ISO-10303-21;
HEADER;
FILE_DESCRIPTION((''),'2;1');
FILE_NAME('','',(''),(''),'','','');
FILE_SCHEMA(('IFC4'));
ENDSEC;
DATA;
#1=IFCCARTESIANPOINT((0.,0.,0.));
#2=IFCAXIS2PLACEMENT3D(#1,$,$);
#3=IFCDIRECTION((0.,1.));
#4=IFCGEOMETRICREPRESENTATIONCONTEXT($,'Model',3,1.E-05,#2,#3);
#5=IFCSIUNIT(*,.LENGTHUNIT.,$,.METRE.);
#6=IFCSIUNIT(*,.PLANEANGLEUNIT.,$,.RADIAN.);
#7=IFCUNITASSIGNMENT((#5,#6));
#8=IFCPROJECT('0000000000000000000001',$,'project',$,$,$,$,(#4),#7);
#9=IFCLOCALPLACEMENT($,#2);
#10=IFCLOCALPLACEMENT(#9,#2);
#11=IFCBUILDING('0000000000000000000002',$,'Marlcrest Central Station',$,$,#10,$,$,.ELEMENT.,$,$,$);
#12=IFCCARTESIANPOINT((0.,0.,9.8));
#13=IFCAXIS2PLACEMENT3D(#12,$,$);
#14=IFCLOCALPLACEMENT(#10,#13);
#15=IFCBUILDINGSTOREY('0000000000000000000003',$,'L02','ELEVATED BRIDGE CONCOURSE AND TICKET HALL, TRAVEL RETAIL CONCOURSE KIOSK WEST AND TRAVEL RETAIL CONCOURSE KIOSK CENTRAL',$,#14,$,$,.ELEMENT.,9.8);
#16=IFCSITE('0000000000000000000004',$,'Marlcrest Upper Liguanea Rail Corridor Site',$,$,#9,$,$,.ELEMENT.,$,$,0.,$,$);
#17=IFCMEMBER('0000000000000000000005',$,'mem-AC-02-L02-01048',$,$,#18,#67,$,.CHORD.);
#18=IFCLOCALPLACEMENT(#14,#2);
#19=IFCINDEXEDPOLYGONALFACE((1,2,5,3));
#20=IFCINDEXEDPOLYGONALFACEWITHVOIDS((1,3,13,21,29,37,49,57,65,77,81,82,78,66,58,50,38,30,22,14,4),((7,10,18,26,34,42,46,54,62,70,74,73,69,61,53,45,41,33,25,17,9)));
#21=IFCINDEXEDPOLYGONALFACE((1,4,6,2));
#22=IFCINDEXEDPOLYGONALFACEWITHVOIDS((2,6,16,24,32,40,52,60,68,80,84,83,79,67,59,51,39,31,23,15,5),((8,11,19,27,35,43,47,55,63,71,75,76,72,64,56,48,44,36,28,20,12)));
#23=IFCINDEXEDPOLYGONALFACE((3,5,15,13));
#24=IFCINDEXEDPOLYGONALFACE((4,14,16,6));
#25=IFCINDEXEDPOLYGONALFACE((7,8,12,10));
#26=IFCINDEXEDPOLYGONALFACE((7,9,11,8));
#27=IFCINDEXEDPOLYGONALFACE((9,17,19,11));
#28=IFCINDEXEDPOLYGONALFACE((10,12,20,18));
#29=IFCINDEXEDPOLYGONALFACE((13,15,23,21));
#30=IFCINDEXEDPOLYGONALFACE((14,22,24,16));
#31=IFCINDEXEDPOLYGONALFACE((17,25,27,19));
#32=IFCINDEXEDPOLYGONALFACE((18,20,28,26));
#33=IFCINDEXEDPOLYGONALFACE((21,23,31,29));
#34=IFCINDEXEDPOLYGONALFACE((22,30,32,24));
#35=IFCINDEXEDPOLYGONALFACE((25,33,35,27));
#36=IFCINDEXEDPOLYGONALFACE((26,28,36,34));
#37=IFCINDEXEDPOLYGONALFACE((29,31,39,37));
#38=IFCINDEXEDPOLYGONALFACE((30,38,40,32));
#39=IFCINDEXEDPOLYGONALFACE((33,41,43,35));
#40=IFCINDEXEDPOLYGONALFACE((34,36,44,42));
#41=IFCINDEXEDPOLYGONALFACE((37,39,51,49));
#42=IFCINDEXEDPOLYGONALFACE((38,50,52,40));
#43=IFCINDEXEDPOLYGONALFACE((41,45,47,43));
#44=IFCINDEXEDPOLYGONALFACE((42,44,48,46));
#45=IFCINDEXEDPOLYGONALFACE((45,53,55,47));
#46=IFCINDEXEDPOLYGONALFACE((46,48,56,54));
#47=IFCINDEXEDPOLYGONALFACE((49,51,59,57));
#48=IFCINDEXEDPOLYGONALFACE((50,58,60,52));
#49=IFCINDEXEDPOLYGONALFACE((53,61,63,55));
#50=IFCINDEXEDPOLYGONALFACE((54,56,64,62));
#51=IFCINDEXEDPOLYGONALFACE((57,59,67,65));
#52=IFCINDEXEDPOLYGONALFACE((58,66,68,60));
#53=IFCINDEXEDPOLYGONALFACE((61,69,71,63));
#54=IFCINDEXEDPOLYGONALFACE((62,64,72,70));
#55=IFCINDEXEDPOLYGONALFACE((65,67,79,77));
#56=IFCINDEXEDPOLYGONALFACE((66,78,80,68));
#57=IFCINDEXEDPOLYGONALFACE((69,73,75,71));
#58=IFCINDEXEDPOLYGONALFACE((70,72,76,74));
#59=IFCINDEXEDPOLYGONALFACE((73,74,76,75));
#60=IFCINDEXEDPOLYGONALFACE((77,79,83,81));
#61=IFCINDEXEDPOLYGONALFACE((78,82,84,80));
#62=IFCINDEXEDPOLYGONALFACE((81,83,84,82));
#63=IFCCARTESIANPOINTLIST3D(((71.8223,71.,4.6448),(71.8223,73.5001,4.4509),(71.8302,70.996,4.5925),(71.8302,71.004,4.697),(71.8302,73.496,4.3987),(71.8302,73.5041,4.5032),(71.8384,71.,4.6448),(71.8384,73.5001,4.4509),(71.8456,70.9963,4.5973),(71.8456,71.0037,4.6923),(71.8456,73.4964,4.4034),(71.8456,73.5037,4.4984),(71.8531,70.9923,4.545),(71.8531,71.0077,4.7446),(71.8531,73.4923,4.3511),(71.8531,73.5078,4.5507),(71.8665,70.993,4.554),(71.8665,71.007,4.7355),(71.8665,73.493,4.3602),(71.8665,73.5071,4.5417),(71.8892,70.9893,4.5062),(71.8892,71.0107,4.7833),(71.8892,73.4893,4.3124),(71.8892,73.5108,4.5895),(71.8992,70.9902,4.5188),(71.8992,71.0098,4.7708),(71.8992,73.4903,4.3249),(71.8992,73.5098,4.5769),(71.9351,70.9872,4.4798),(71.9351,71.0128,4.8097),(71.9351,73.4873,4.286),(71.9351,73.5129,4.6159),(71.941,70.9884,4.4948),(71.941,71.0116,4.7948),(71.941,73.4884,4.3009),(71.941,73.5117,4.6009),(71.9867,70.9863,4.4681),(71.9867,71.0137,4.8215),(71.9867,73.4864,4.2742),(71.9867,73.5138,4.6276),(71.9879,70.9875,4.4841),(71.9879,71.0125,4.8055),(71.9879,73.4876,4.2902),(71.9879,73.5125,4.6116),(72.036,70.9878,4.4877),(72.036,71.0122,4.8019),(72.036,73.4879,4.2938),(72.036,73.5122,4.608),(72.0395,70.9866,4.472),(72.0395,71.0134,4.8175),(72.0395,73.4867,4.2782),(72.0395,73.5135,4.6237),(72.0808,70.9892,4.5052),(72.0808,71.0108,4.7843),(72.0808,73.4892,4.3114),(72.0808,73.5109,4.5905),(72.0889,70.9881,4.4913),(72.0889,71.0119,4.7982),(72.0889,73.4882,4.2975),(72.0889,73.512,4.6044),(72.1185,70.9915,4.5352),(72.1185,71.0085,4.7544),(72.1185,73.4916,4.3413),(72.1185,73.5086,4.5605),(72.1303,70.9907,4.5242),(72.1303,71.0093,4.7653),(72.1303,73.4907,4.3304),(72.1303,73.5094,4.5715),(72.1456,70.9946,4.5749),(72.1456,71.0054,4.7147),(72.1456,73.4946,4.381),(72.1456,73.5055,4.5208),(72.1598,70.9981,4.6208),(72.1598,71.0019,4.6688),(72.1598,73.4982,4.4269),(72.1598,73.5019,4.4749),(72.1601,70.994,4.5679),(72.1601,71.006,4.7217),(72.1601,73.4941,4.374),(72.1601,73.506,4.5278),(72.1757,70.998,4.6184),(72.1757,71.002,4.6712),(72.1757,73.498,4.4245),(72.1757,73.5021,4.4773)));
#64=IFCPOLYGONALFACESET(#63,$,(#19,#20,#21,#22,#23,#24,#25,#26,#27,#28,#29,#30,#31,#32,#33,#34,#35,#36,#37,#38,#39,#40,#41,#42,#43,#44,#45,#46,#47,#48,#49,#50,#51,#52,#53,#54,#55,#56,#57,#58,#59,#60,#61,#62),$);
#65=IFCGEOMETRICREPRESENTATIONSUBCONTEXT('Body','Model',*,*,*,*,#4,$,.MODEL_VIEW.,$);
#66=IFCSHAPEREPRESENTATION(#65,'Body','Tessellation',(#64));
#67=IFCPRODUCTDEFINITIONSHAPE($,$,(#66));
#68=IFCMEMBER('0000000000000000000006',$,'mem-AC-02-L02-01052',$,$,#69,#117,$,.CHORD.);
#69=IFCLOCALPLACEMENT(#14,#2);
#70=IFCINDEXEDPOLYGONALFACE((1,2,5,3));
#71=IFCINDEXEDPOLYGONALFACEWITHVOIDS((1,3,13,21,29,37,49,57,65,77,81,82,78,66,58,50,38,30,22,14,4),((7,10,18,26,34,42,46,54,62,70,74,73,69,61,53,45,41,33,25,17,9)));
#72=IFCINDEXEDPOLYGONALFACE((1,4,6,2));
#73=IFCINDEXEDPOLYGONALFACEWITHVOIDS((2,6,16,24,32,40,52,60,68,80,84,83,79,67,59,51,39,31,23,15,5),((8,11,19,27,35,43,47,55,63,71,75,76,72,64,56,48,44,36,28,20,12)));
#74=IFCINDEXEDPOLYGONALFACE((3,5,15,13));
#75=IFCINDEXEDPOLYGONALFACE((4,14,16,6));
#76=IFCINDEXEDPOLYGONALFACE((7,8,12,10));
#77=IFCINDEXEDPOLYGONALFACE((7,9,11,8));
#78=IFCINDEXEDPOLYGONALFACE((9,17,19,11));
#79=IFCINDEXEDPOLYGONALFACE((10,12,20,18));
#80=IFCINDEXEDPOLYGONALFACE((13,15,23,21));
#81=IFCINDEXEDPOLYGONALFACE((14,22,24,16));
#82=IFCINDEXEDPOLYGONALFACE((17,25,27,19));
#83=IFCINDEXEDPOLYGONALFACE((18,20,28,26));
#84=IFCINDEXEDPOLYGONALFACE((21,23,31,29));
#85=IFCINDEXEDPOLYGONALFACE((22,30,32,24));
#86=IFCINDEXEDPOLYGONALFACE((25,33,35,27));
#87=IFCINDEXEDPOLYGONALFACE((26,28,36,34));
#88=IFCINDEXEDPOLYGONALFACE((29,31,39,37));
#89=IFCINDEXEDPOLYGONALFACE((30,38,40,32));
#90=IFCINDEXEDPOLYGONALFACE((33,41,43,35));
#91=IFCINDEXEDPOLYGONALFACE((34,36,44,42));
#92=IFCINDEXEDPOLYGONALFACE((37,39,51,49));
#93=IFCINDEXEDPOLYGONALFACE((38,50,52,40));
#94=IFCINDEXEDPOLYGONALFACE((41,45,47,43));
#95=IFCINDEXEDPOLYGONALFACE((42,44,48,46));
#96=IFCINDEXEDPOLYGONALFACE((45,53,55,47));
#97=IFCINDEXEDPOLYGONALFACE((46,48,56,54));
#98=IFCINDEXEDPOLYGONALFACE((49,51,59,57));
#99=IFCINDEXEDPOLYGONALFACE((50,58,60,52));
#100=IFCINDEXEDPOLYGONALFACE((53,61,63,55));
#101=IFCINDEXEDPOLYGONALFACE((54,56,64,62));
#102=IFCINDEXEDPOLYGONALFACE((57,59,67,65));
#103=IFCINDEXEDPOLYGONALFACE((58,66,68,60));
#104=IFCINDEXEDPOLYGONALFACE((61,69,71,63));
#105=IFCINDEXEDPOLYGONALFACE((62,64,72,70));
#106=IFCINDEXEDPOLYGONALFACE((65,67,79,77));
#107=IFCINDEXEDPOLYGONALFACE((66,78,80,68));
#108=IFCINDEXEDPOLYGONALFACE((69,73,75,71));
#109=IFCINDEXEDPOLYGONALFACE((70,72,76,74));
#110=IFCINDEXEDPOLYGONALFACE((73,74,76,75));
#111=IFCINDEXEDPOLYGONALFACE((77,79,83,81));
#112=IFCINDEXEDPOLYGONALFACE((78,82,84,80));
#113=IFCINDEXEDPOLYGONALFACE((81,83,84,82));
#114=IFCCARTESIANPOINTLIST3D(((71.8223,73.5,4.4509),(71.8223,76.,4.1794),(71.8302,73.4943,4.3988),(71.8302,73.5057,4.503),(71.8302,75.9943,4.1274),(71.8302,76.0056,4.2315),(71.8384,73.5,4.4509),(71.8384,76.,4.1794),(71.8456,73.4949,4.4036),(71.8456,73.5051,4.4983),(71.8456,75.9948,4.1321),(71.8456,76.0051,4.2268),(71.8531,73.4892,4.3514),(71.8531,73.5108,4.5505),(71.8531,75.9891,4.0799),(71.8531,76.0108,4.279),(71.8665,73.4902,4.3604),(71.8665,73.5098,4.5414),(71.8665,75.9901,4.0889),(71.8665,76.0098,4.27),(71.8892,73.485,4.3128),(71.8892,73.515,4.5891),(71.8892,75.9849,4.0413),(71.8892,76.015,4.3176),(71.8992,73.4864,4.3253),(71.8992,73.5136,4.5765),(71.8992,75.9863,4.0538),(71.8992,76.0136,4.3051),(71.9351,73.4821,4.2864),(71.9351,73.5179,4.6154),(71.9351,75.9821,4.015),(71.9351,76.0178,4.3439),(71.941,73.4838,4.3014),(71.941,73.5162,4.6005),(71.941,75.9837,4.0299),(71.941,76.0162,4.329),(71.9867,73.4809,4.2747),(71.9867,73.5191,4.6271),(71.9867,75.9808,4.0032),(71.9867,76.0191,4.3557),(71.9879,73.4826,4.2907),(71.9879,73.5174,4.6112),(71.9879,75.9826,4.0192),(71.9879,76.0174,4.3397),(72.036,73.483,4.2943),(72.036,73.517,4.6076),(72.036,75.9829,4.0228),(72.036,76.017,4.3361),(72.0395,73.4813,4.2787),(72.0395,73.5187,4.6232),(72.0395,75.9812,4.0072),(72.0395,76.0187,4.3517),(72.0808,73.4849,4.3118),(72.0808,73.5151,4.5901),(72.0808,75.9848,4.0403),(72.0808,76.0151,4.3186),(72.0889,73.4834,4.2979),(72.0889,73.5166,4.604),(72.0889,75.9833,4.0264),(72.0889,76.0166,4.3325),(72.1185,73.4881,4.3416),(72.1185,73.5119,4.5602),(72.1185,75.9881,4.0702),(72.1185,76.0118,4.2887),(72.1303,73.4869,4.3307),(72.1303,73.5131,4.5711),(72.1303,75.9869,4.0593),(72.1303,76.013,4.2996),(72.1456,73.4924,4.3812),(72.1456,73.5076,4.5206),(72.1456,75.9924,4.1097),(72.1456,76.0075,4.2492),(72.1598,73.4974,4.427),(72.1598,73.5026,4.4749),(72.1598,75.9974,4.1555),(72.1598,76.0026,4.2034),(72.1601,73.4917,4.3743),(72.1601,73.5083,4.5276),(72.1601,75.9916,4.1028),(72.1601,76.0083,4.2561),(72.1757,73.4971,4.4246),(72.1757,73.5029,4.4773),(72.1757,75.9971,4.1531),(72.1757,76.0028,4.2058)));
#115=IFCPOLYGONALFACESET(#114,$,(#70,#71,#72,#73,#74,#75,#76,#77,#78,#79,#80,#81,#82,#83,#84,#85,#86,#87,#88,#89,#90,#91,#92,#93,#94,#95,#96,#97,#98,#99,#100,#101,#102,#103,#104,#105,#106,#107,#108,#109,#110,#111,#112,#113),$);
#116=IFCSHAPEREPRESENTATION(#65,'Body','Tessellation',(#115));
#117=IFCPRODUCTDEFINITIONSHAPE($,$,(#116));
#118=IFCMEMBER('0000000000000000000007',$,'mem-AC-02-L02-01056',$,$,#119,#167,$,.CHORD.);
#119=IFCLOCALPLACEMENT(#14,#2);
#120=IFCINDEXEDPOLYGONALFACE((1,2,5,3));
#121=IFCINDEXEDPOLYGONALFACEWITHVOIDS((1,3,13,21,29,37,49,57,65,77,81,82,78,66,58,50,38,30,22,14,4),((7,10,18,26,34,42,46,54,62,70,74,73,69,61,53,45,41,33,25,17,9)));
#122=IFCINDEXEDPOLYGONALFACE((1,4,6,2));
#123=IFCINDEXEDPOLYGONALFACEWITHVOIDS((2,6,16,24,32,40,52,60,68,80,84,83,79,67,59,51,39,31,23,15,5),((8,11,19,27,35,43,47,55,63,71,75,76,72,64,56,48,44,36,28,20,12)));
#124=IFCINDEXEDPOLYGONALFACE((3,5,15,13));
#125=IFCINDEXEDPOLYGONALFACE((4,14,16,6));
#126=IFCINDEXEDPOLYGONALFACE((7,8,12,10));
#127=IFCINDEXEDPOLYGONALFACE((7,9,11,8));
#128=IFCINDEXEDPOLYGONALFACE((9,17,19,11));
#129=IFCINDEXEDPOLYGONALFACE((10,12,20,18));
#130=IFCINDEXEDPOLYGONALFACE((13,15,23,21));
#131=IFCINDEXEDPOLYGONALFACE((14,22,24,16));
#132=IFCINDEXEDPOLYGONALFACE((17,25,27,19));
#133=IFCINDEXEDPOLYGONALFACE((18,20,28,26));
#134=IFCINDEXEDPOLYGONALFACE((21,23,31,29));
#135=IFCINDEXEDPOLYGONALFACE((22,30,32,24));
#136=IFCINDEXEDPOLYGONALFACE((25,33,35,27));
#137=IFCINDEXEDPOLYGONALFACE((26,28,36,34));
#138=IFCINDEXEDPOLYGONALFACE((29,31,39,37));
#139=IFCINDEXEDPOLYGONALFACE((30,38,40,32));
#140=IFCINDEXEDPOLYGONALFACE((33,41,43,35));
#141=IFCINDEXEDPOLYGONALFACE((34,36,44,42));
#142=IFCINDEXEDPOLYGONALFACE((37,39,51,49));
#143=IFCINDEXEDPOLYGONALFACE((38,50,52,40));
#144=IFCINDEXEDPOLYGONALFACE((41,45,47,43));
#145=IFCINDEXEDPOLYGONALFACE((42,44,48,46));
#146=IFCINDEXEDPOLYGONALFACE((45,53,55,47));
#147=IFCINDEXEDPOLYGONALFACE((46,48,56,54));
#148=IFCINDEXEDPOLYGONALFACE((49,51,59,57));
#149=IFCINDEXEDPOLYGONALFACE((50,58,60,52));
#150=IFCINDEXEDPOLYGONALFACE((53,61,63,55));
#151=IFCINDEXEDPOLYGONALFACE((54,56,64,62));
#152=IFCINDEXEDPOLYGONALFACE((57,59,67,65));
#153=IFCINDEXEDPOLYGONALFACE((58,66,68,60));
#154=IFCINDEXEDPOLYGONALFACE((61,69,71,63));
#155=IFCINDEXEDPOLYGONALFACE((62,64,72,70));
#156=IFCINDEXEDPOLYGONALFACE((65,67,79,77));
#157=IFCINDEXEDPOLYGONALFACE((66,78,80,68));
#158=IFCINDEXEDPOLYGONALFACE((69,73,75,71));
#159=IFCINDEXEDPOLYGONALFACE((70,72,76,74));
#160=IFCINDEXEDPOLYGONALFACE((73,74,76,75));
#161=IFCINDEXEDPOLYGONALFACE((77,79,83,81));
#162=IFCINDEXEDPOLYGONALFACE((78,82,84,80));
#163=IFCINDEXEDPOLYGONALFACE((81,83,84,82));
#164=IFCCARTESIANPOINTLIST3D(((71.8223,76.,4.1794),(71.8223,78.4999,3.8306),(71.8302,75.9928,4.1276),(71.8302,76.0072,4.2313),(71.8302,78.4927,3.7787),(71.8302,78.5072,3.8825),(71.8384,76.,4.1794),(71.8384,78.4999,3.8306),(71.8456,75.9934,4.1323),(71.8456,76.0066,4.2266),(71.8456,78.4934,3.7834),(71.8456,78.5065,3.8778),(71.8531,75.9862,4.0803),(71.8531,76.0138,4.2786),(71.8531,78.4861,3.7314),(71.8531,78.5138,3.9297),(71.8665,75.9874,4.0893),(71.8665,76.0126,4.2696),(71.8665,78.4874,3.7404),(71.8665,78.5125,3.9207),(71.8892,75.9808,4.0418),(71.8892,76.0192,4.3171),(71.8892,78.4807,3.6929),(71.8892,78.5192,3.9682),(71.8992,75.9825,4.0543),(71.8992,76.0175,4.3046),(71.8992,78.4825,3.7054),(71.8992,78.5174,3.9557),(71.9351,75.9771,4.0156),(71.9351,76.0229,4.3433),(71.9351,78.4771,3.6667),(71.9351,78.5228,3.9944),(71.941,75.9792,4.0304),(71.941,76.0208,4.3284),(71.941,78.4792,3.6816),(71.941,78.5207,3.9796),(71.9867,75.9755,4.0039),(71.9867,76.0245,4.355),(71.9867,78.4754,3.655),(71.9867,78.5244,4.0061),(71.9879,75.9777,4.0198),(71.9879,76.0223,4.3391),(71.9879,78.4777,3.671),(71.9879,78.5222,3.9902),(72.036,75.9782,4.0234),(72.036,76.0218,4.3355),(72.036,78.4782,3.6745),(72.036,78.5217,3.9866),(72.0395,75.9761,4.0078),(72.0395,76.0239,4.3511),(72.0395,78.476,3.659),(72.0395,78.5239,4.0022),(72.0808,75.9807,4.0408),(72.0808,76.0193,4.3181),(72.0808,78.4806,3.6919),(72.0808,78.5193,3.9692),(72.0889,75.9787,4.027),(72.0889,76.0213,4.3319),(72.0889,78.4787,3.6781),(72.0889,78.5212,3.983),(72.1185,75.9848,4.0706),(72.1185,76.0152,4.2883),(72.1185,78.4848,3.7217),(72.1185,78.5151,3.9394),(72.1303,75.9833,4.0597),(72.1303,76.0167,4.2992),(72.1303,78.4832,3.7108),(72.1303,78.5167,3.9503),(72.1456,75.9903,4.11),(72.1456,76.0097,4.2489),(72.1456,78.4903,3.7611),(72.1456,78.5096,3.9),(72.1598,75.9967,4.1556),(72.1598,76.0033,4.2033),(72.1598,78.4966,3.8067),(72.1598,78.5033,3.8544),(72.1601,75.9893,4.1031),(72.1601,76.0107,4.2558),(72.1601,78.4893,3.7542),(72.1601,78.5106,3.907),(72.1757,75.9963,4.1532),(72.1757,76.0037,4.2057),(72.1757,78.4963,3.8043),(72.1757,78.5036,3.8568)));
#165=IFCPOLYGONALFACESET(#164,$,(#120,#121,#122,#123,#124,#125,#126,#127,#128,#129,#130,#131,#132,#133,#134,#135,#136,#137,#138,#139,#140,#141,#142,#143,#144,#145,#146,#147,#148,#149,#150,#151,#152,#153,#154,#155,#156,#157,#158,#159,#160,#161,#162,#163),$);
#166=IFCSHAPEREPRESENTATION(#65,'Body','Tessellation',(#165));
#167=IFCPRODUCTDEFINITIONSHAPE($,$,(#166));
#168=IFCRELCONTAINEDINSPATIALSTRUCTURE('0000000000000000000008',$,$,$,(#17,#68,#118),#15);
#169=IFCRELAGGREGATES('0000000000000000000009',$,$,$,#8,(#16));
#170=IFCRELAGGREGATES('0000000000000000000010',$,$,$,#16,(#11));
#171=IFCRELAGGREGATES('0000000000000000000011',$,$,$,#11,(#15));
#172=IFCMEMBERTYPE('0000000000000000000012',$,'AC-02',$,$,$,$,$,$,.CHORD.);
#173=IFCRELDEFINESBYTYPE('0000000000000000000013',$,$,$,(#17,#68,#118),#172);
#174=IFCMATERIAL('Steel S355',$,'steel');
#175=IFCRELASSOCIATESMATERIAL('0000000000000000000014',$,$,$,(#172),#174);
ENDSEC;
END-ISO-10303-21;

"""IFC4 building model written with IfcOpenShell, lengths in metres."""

from ifc_helpers import new_model, si_unit, direction, frame, origin, origin_2d, place, context, subcontext, project, spatial, hollow_circle, extrude, material, material_profile, profile_set, type_object, element, save


model = new_model("IFC4")

# Units and contexts
model_context = context("Model", 3, precision=1e-05, world=origin(), true_north=direction((0.0, 1.0)))
body_context = subcontext(model_context, "Body", "Model", "MODEL_VIEW")
ifc_project = project(units=[si_unit("LENGTHUNIT", "METRE"), si_unit("PLANEANGLEUNIT", "RADIAN")], contexts=[model_context])

# Site, building, storey
site_placement = place(None, origin())
site = spatial("IfcSite", under=ifc_project, at=site_placement, Name="Marlcrest Upper Liguanea Rail Corridor Site", CompositionType="ELEMENT", RefElevation=0.0)
building_placement = place(site_placement, origin())
building = spatial("IfcBuilding", under=site, at=building_placement, Name="Marlcrest Central Station", CompositionType="ELEMENT")
storey_placement = place(building_placement, frame((0.0, 0.0, 9.8)))
storey = spatial("IfcBuildingStorey", under=building, at=storey_placement, Name="L02", Description="ELEVATED BRIDGE CONCOURSE AND TICKET HALL, TRAVEL RETAIL CONCOURSE KIOSK WEST AND TRAVEL RETAIL CONCOURSE KIOSK CENTRAL", CompositionType="ELEMENT", Elevation=9.8)

# Members
ifc_material = material(Name="Steel S355", Category="steel")
ifc_material_profile_1 = material_profile(ifc_material, hollow_circle(Radius=0.1777, WallThickness=0.0161, at=origin_2d()), Name="CHS 355.6x16")
ifc_profile_set_1 = profile_set([ifc_material_profile_1], Name="Steel S355")
member_type_1 = type_object("IfcMemberType", Name="AC-02", PredefinedType="CHORD", material=ifc_profile_set_1)
member_1_placement = place(storey_placement, frame((72.0, 71.0, 4.6448), z_axis=(0.0, 0.997007, -0.077307), x_axis=(-1.0, 0.0, 0.0)))
element("IfcMember", 1, at=member_1_placement, inside=storey, type_object=member_type_1, Name="mem-AC-02-L02-01048", PredefinedType="CHORD", context=body_context, shape_type="SweptSolid", body=[
    extrude(hollow_circle(Radius=0.1777, WallThickness=0.0161, at=origin_2d()), origin(), (0.0, 0.0, 1.0), 2.5076),
])
member_2_placement = place(storey_placement, frame((72.0, 73.5, 4.4509), z_axis=(0.0, 0.994155, -0.107959), x_axis=(-1.0, 0.0, 0.0)))
element("IfcMember", 2, at=member_2_placement, inside=storey, type_object=member_type_1, Name="mem-AC-02-L02-01052", PredefinedType="CHORD", context=body_context, shape_type="SweptSolid", body=[
    extrude(hollow_circle(Radius=0.1777, WallThickness=0.0161, at=origin_2d()), origin(), (0.0, 0.0, 1.0), 2.5146),
])
member_3_placement = place(storey_placement, frame((72.0, 76.0, 4.1794), z_axis=(0.0, 0.990403, -0.138211), x_axis=(-1.0, 0.0, 0.0)))
element("IfcMember", 3, at=member_3_placement, inside=storey, type_object=member_type_1, Name="mem-AC-02-L02-01056", PredefinedType="CHORD", context=body_context, shape_type="SweptSolid", body=[
    extrude(hollow_circle(Radius=0.1777, WallThickness=0.0161, at=origin_2d()), origin(), (0.0, 0.0, 1.0), 2.5242),
])

save(model, "model.ifc")
